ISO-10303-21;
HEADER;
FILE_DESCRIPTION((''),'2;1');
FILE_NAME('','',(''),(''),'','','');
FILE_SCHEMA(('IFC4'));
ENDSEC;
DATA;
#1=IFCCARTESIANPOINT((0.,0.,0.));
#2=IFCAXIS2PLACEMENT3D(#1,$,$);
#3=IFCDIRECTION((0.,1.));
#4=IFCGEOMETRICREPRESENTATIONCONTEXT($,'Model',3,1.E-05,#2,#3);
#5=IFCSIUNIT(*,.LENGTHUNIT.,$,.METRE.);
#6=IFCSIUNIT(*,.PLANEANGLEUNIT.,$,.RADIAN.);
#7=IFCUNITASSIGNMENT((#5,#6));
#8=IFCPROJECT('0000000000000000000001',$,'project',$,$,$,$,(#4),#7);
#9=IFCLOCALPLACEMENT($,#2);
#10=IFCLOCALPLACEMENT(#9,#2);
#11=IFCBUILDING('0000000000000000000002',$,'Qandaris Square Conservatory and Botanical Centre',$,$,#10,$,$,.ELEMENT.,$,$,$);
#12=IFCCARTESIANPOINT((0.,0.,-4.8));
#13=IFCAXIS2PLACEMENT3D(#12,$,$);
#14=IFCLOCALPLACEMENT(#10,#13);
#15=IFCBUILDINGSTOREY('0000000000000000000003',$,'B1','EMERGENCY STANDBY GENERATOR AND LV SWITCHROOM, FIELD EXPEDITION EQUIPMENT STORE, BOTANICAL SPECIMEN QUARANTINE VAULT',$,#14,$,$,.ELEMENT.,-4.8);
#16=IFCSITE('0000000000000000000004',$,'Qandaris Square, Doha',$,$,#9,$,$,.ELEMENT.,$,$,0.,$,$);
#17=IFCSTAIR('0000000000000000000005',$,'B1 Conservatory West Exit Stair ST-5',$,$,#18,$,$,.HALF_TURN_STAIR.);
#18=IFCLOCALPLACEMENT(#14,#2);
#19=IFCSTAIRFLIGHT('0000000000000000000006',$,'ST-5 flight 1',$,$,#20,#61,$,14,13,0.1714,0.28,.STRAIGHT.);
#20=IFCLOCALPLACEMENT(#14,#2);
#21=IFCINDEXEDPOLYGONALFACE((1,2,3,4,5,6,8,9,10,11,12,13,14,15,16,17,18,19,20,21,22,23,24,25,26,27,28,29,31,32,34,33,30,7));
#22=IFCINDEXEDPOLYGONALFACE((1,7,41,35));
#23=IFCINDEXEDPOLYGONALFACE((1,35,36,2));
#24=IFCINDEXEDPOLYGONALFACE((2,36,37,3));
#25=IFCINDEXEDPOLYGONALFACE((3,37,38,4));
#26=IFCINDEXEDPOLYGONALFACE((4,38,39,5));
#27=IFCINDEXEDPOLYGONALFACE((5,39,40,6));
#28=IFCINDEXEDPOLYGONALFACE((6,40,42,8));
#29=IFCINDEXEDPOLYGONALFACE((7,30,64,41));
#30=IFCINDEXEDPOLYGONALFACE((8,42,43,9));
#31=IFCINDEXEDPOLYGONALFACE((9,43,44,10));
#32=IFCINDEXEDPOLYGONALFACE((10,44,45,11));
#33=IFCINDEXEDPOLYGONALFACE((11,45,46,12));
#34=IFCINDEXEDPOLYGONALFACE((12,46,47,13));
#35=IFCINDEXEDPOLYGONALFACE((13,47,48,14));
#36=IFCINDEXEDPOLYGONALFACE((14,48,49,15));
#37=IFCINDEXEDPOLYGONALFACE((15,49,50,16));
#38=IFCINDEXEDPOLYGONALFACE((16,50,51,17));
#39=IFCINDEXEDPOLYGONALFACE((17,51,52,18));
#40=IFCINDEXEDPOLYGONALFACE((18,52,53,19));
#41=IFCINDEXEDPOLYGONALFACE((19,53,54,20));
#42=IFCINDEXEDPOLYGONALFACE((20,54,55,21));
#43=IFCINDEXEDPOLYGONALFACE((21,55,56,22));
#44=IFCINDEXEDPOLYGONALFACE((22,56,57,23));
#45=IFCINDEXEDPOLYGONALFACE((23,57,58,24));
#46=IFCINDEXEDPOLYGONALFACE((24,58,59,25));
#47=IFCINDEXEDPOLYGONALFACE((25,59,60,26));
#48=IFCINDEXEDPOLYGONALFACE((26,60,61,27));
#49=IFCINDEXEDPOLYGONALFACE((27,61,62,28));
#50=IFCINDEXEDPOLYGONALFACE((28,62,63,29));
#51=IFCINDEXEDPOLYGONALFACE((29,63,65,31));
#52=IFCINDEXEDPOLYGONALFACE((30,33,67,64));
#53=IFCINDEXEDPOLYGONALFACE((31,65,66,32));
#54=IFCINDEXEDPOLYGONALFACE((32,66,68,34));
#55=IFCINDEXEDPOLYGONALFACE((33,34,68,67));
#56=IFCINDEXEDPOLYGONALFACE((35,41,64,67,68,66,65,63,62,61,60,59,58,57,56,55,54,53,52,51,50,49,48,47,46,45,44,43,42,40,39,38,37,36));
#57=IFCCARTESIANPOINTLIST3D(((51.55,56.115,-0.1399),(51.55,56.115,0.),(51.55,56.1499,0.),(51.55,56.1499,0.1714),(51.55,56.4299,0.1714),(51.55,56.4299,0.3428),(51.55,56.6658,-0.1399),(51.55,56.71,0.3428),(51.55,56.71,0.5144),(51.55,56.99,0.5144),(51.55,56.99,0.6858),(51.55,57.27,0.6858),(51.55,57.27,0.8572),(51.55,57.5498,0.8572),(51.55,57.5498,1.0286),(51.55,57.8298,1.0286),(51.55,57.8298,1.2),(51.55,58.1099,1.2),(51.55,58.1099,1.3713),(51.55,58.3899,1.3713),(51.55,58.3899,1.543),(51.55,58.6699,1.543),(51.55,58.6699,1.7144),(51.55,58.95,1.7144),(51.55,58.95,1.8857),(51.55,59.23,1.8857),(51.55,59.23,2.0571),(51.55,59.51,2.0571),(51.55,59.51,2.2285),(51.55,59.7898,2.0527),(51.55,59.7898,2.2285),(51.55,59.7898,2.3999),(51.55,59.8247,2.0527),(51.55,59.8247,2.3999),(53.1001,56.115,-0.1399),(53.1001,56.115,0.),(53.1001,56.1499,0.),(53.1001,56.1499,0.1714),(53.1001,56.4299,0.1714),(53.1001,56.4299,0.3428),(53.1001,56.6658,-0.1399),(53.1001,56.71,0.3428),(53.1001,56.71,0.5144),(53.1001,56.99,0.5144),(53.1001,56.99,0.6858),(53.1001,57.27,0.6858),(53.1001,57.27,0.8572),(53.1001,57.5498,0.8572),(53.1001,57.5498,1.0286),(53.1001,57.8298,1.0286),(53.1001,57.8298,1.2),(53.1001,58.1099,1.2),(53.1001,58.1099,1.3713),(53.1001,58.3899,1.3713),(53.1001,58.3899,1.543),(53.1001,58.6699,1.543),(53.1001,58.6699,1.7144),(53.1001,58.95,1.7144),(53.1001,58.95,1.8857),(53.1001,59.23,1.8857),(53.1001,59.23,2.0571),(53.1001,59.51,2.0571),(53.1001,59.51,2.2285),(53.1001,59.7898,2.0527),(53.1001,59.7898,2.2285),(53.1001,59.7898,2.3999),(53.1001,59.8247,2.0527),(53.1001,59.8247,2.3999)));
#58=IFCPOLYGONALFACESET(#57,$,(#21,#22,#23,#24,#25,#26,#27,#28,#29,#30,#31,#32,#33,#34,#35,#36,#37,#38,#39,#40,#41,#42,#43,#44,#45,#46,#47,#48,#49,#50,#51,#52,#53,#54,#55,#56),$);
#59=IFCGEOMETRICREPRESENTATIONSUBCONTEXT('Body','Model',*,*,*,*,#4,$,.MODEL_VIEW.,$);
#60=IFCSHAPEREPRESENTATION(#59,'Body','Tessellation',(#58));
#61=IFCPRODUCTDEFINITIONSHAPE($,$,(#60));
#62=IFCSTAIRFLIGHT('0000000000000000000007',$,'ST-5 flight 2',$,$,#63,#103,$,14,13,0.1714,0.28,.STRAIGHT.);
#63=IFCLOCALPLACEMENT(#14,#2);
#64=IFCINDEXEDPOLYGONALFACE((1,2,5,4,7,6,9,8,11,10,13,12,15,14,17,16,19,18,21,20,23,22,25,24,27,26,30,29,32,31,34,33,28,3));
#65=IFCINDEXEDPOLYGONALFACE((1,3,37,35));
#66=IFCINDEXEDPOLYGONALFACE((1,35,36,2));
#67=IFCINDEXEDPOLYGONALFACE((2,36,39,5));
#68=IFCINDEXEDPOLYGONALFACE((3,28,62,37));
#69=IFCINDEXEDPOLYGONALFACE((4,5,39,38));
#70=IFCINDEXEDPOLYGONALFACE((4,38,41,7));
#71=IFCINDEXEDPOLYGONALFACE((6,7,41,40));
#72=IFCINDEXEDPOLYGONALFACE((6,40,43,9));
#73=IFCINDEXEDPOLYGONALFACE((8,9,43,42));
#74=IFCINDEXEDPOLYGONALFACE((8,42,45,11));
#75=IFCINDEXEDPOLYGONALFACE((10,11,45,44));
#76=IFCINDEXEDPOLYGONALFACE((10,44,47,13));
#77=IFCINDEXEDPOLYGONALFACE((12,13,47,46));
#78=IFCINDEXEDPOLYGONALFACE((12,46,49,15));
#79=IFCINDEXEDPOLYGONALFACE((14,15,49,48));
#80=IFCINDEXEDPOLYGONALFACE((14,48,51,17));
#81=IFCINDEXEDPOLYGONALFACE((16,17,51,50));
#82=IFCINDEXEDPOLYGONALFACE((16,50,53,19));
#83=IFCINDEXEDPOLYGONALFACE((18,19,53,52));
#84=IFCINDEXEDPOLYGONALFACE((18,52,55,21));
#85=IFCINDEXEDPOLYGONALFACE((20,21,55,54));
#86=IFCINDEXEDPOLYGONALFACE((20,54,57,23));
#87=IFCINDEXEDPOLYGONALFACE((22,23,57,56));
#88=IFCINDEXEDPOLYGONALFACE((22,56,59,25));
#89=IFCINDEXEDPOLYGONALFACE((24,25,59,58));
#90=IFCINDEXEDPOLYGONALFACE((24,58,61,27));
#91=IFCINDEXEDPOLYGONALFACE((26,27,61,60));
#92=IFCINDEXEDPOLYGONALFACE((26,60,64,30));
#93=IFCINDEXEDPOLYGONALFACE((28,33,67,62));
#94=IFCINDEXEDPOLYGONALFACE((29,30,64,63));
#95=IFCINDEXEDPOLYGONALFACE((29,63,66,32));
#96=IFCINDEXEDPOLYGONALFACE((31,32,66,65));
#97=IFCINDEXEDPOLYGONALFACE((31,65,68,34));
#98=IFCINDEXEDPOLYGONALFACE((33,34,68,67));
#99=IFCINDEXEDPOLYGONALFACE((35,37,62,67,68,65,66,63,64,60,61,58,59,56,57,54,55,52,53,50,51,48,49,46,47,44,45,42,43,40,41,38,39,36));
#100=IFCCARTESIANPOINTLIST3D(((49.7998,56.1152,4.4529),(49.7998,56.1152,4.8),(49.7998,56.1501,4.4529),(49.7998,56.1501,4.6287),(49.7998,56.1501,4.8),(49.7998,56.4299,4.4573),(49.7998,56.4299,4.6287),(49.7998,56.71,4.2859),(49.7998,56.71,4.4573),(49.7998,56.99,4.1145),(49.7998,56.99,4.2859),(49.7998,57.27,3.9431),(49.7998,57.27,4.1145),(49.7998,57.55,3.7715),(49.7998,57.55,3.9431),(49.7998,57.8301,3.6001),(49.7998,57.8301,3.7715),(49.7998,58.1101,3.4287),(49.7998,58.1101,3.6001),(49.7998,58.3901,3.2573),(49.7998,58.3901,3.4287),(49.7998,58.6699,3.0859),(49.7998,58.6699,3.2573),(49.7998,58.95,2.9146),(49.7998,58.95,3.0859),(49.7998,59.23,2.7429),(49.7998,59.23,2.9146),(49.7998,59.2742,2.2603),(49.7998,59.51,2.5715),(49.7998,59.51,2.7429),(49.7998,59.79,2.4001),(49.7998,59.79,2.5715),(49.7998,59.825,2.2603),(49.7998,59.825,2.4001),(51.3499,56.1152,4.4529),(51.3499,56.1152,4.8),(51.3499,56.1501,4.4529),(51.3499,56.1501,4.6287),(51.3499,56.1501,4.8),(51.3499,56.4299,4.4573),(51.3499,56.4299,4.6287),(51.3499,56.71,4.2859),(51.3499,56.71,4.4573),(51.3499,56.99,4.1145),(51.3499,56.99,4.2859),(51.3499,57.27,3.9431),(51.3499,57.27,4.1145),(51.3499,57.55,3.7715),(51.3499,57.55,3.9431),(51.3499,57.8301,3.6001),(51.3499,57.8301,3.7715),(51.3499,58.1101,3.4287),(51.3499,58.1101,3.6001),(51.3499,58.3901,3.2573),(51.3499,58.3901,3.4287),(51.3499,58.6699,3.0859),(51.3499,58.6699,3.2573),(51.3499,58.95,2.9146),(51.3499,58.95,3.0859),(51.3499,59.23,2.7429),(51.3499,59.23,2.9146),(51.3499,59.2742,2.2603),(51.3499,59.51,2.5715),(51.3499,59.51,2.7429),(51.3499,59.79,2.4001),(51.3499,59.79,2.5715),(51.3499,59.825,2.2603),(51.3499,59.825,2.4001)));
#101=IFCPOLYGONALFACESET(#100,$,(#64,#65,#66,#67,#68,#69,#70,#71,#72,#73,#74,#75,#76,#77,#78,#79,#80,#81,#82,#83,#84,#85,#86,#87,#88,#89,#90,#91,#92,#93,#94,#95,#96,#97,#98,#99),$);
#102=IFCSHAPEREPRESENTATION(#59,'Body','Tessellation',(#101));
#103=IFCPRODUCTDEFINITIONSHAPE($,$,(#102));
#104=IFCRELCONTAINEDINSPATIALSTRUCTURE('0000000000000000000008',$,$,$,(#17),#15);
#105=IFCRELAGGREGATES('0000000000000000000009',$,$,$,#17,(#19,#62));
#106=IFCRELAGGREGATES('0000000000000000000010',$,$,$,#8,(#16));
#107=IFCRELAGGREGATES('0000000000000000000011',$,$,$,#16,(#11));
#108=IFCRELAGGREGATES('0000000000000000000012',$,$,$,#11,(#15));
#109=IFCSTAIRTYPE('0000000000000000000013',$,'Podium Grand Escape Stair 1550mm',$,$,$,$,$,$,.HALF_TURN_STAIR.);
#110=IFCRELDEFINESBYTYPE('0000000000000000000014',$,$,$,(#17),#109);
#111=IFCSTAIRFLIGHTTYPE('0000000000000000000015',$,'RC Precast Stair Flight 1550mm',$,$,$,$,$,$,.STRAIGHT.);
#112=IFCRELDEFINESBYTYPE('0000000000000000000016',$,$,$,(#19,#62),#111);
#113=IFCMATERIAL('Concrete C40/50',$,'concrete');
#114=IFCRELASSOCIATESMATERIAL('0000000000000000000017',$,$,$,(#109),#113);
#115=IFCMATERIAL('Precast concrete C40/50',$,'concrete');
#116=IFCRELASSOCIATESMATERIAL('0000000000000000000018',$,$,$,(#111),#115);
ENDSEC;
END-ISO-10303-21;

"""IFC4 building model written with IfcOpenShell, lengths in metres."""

from ifc_helpers import new_model, si_unit, direction, frame, origin, place, context, subcontext, project, spatial, polyline, outline, extrude, material, type_object, element, aggregate, save


model = new_model("IFC4")

# Units and contexts
model_context = context("Model", 3, precision=1e-05, world=origin(), true_north=direction((0.0, 1.0)))
body_context = subcontext(model_context, "Body", "Model", "MODEL_VIEW")
ifc_project = project(units=[si_unit("LENGTHUNIT", "METRE"), si_unit("PLANEANGLEUNIT", "RADIAN")], contexts=[model_context])

# Site, building, storey
site_placement = place(None, origin())
site = spatial("IfcSite", under=ifc_project, at=site_placement, Name="Qandaris Square, Doha", CompositionType="ELEMENT", RefElevation=0.0)
building_placement = place(site_placement, origin())
building = spatial("IfcBuilding", under=site, at=building_placement, Name="Qandaris Square Conservatory and Botanical Centre", CompositionType="ELEMENT")
storey_placement = place(building_placement, frame((0.0, 0.0, -4.8)))
storey = spatial("IfcBuildingStorey", under=building, at=storey_placement, Name="B1", Description="EMERGENCY STANDBY GENERATOR AND LV SWITCHROOM, FIELD EXPEDITION EQUIPMENT STORE, BOTANICAL SPECIMEN QUARANTINE VAULT", CompositionType="ELEMENT", Elevation=-4.8)

# Shared definitions
ifc_material_1 = material(Name="Concrete C40/50", Category="concrete")

# Stair, stair flights
stair_type = type_object("IfcStairType", Name="Podium Grand Escape Stair 1550mm", PredefinedType="HALF_TURN_STAIR", material=ifc_material_1)
stair_placement = place(storey_placement, origin())
stair = element("IfcStair", 1, at=stair_placement, inside=storey, type_object=stair_type, Name="B1 Conservatory West Exit Stair ST-5", PredefinedType="HALF_TURN_STAIR")
ifc_material_2 = material(Name="Precast concrete C40/50", Category="concrete")
stair_flight_type = type_object("IfcStairFlightType", Name="RC Precast Stair Flight 1550mm", PredefinedType="STRAIGHT", material=ifc_material_2)
stair_flight_1_placement = place(storey_placement, frame((52.325, 56.1499, 0.0), z_axis=(0.0, 0.0, 1.0), x_axis=(0.0, 1.0, 0.0)))
stair_flight_1 = element("IfcStairFlight", 2, at=stair_flight_1_placement, type_object=stair_flight_type, Name="ST-5 flight 1", NumberOfRisers=14, NumberOfTreads=13, PredefinedType="STRAIGHT", RiserHeight=0.1714, TreadLength=0.28, context=body_context, shape_type="SweptSolid", body=[
    extrude(outline(polyline([(-0.0349, 0.0), (0.0, 0.0), (0.0, 0.1714), (0.28, 0.1714), (0.28, 0.3428), (0.5601, 0.3428), (0.5601, 0.5144), (0.8401, 0.5144), (0.8401, 0.6858), (1.1201, 0.6858), (1.1201, 0.8572), (1.3999, 0.8572), (1.3999, 1.0286), (1.6799, 1.0286), (1.6799, 1.2), (1.96, 1.2), (1.96, 1.3713), (2.24, 1.3713), (2.24, 1.543), (2.52, 1.543), (2.52, 1.7144), (2.8, 1.7144), (2.8, 1.8857), (3.0801, 1.8857), (3.0801, 2.0571), (3.3601, 2.0571), (3.3601, 2.2285), (3.6399, 2.2285), (3.6399, 2.3999), (3.6748, 2.3999), (3.6748, 2.0527), (3.6399, 2.0527), (0.5159, -0.1399), (-0.0349, -0.1399), (-0.0349, 0.0)])), frame((0.0, 0.7749, 0.0), z_axis=(0.0, -1.0, 0.0), x_axis=(1.0, 0.0, 0.0)), (0.0, 0.0, 1.0), 1.55),
])
stair_flight_2_placement = place(storey_placement, frame((50.575, 59.79, 2.4001), z_axis=(0.0, 0.0, 1.0), x_axis=(0.0, -1.0, 0.0)))
stair_flight_2 = element("IfcStairFlight", 3, at=stair_flight_2_placement, type_object=stair_flight_type, Name="ST-5 flight 2", NumberOfRisers=14, NumberOfTreads=13, PredefinedType="STRAIGHT", RiserHeight=0.1714, TreadLength=0.28, context=body_context, shape_type="SweptSolid", body=[
    extrude(outline(polyline([(-0.0349, 0.0), (0.0, 0.0), (0.0, 0.1714), (0.28, 0.1714), (0.28, 0.3428), (0.5601, 0.3428), (0.5601, 0.5144), (0.8401, 0.5144), (0.8401, 0.6858), (1.1201, 0.6858), (1.1201, 0.8572), (1.3999, 0.8572), (1.3999, 1.0286), (1.6799, 1.0286), (1.6799, 1.2), (1.96, 1.2), (1.96, 1.3713), (2.24, 1.3713), (2.24, 1.543), (2.52, 1.543), (2.52, 1.7144), (2.8, 1.7144), (2.8, 1.8857), (3.0801, 1.8857), (3.0801, 2.0571), (3.3601, 2.0571), (3.3601, 2.2285), (3.6399, 2.2285), (3.6399, 2.3999), (3.6748, 2.3999), (3.6748, 2.0527), (3.6399, 2.0527), (0.5159, -0.1399), (-0.0349, -0.1399), (-0.0349, 0.0)])), frame((0.0, 0.7749, 0.0), z_axis=(0.0, -1.0, 0.0), x_axis=(1.0, 0.0, 0.0)), (0.0, 0.0, 1.0), 1.55),
])
aggregate(stair, [stair_flight_1, stair_flight_2])

save(model, "model.ifc")
